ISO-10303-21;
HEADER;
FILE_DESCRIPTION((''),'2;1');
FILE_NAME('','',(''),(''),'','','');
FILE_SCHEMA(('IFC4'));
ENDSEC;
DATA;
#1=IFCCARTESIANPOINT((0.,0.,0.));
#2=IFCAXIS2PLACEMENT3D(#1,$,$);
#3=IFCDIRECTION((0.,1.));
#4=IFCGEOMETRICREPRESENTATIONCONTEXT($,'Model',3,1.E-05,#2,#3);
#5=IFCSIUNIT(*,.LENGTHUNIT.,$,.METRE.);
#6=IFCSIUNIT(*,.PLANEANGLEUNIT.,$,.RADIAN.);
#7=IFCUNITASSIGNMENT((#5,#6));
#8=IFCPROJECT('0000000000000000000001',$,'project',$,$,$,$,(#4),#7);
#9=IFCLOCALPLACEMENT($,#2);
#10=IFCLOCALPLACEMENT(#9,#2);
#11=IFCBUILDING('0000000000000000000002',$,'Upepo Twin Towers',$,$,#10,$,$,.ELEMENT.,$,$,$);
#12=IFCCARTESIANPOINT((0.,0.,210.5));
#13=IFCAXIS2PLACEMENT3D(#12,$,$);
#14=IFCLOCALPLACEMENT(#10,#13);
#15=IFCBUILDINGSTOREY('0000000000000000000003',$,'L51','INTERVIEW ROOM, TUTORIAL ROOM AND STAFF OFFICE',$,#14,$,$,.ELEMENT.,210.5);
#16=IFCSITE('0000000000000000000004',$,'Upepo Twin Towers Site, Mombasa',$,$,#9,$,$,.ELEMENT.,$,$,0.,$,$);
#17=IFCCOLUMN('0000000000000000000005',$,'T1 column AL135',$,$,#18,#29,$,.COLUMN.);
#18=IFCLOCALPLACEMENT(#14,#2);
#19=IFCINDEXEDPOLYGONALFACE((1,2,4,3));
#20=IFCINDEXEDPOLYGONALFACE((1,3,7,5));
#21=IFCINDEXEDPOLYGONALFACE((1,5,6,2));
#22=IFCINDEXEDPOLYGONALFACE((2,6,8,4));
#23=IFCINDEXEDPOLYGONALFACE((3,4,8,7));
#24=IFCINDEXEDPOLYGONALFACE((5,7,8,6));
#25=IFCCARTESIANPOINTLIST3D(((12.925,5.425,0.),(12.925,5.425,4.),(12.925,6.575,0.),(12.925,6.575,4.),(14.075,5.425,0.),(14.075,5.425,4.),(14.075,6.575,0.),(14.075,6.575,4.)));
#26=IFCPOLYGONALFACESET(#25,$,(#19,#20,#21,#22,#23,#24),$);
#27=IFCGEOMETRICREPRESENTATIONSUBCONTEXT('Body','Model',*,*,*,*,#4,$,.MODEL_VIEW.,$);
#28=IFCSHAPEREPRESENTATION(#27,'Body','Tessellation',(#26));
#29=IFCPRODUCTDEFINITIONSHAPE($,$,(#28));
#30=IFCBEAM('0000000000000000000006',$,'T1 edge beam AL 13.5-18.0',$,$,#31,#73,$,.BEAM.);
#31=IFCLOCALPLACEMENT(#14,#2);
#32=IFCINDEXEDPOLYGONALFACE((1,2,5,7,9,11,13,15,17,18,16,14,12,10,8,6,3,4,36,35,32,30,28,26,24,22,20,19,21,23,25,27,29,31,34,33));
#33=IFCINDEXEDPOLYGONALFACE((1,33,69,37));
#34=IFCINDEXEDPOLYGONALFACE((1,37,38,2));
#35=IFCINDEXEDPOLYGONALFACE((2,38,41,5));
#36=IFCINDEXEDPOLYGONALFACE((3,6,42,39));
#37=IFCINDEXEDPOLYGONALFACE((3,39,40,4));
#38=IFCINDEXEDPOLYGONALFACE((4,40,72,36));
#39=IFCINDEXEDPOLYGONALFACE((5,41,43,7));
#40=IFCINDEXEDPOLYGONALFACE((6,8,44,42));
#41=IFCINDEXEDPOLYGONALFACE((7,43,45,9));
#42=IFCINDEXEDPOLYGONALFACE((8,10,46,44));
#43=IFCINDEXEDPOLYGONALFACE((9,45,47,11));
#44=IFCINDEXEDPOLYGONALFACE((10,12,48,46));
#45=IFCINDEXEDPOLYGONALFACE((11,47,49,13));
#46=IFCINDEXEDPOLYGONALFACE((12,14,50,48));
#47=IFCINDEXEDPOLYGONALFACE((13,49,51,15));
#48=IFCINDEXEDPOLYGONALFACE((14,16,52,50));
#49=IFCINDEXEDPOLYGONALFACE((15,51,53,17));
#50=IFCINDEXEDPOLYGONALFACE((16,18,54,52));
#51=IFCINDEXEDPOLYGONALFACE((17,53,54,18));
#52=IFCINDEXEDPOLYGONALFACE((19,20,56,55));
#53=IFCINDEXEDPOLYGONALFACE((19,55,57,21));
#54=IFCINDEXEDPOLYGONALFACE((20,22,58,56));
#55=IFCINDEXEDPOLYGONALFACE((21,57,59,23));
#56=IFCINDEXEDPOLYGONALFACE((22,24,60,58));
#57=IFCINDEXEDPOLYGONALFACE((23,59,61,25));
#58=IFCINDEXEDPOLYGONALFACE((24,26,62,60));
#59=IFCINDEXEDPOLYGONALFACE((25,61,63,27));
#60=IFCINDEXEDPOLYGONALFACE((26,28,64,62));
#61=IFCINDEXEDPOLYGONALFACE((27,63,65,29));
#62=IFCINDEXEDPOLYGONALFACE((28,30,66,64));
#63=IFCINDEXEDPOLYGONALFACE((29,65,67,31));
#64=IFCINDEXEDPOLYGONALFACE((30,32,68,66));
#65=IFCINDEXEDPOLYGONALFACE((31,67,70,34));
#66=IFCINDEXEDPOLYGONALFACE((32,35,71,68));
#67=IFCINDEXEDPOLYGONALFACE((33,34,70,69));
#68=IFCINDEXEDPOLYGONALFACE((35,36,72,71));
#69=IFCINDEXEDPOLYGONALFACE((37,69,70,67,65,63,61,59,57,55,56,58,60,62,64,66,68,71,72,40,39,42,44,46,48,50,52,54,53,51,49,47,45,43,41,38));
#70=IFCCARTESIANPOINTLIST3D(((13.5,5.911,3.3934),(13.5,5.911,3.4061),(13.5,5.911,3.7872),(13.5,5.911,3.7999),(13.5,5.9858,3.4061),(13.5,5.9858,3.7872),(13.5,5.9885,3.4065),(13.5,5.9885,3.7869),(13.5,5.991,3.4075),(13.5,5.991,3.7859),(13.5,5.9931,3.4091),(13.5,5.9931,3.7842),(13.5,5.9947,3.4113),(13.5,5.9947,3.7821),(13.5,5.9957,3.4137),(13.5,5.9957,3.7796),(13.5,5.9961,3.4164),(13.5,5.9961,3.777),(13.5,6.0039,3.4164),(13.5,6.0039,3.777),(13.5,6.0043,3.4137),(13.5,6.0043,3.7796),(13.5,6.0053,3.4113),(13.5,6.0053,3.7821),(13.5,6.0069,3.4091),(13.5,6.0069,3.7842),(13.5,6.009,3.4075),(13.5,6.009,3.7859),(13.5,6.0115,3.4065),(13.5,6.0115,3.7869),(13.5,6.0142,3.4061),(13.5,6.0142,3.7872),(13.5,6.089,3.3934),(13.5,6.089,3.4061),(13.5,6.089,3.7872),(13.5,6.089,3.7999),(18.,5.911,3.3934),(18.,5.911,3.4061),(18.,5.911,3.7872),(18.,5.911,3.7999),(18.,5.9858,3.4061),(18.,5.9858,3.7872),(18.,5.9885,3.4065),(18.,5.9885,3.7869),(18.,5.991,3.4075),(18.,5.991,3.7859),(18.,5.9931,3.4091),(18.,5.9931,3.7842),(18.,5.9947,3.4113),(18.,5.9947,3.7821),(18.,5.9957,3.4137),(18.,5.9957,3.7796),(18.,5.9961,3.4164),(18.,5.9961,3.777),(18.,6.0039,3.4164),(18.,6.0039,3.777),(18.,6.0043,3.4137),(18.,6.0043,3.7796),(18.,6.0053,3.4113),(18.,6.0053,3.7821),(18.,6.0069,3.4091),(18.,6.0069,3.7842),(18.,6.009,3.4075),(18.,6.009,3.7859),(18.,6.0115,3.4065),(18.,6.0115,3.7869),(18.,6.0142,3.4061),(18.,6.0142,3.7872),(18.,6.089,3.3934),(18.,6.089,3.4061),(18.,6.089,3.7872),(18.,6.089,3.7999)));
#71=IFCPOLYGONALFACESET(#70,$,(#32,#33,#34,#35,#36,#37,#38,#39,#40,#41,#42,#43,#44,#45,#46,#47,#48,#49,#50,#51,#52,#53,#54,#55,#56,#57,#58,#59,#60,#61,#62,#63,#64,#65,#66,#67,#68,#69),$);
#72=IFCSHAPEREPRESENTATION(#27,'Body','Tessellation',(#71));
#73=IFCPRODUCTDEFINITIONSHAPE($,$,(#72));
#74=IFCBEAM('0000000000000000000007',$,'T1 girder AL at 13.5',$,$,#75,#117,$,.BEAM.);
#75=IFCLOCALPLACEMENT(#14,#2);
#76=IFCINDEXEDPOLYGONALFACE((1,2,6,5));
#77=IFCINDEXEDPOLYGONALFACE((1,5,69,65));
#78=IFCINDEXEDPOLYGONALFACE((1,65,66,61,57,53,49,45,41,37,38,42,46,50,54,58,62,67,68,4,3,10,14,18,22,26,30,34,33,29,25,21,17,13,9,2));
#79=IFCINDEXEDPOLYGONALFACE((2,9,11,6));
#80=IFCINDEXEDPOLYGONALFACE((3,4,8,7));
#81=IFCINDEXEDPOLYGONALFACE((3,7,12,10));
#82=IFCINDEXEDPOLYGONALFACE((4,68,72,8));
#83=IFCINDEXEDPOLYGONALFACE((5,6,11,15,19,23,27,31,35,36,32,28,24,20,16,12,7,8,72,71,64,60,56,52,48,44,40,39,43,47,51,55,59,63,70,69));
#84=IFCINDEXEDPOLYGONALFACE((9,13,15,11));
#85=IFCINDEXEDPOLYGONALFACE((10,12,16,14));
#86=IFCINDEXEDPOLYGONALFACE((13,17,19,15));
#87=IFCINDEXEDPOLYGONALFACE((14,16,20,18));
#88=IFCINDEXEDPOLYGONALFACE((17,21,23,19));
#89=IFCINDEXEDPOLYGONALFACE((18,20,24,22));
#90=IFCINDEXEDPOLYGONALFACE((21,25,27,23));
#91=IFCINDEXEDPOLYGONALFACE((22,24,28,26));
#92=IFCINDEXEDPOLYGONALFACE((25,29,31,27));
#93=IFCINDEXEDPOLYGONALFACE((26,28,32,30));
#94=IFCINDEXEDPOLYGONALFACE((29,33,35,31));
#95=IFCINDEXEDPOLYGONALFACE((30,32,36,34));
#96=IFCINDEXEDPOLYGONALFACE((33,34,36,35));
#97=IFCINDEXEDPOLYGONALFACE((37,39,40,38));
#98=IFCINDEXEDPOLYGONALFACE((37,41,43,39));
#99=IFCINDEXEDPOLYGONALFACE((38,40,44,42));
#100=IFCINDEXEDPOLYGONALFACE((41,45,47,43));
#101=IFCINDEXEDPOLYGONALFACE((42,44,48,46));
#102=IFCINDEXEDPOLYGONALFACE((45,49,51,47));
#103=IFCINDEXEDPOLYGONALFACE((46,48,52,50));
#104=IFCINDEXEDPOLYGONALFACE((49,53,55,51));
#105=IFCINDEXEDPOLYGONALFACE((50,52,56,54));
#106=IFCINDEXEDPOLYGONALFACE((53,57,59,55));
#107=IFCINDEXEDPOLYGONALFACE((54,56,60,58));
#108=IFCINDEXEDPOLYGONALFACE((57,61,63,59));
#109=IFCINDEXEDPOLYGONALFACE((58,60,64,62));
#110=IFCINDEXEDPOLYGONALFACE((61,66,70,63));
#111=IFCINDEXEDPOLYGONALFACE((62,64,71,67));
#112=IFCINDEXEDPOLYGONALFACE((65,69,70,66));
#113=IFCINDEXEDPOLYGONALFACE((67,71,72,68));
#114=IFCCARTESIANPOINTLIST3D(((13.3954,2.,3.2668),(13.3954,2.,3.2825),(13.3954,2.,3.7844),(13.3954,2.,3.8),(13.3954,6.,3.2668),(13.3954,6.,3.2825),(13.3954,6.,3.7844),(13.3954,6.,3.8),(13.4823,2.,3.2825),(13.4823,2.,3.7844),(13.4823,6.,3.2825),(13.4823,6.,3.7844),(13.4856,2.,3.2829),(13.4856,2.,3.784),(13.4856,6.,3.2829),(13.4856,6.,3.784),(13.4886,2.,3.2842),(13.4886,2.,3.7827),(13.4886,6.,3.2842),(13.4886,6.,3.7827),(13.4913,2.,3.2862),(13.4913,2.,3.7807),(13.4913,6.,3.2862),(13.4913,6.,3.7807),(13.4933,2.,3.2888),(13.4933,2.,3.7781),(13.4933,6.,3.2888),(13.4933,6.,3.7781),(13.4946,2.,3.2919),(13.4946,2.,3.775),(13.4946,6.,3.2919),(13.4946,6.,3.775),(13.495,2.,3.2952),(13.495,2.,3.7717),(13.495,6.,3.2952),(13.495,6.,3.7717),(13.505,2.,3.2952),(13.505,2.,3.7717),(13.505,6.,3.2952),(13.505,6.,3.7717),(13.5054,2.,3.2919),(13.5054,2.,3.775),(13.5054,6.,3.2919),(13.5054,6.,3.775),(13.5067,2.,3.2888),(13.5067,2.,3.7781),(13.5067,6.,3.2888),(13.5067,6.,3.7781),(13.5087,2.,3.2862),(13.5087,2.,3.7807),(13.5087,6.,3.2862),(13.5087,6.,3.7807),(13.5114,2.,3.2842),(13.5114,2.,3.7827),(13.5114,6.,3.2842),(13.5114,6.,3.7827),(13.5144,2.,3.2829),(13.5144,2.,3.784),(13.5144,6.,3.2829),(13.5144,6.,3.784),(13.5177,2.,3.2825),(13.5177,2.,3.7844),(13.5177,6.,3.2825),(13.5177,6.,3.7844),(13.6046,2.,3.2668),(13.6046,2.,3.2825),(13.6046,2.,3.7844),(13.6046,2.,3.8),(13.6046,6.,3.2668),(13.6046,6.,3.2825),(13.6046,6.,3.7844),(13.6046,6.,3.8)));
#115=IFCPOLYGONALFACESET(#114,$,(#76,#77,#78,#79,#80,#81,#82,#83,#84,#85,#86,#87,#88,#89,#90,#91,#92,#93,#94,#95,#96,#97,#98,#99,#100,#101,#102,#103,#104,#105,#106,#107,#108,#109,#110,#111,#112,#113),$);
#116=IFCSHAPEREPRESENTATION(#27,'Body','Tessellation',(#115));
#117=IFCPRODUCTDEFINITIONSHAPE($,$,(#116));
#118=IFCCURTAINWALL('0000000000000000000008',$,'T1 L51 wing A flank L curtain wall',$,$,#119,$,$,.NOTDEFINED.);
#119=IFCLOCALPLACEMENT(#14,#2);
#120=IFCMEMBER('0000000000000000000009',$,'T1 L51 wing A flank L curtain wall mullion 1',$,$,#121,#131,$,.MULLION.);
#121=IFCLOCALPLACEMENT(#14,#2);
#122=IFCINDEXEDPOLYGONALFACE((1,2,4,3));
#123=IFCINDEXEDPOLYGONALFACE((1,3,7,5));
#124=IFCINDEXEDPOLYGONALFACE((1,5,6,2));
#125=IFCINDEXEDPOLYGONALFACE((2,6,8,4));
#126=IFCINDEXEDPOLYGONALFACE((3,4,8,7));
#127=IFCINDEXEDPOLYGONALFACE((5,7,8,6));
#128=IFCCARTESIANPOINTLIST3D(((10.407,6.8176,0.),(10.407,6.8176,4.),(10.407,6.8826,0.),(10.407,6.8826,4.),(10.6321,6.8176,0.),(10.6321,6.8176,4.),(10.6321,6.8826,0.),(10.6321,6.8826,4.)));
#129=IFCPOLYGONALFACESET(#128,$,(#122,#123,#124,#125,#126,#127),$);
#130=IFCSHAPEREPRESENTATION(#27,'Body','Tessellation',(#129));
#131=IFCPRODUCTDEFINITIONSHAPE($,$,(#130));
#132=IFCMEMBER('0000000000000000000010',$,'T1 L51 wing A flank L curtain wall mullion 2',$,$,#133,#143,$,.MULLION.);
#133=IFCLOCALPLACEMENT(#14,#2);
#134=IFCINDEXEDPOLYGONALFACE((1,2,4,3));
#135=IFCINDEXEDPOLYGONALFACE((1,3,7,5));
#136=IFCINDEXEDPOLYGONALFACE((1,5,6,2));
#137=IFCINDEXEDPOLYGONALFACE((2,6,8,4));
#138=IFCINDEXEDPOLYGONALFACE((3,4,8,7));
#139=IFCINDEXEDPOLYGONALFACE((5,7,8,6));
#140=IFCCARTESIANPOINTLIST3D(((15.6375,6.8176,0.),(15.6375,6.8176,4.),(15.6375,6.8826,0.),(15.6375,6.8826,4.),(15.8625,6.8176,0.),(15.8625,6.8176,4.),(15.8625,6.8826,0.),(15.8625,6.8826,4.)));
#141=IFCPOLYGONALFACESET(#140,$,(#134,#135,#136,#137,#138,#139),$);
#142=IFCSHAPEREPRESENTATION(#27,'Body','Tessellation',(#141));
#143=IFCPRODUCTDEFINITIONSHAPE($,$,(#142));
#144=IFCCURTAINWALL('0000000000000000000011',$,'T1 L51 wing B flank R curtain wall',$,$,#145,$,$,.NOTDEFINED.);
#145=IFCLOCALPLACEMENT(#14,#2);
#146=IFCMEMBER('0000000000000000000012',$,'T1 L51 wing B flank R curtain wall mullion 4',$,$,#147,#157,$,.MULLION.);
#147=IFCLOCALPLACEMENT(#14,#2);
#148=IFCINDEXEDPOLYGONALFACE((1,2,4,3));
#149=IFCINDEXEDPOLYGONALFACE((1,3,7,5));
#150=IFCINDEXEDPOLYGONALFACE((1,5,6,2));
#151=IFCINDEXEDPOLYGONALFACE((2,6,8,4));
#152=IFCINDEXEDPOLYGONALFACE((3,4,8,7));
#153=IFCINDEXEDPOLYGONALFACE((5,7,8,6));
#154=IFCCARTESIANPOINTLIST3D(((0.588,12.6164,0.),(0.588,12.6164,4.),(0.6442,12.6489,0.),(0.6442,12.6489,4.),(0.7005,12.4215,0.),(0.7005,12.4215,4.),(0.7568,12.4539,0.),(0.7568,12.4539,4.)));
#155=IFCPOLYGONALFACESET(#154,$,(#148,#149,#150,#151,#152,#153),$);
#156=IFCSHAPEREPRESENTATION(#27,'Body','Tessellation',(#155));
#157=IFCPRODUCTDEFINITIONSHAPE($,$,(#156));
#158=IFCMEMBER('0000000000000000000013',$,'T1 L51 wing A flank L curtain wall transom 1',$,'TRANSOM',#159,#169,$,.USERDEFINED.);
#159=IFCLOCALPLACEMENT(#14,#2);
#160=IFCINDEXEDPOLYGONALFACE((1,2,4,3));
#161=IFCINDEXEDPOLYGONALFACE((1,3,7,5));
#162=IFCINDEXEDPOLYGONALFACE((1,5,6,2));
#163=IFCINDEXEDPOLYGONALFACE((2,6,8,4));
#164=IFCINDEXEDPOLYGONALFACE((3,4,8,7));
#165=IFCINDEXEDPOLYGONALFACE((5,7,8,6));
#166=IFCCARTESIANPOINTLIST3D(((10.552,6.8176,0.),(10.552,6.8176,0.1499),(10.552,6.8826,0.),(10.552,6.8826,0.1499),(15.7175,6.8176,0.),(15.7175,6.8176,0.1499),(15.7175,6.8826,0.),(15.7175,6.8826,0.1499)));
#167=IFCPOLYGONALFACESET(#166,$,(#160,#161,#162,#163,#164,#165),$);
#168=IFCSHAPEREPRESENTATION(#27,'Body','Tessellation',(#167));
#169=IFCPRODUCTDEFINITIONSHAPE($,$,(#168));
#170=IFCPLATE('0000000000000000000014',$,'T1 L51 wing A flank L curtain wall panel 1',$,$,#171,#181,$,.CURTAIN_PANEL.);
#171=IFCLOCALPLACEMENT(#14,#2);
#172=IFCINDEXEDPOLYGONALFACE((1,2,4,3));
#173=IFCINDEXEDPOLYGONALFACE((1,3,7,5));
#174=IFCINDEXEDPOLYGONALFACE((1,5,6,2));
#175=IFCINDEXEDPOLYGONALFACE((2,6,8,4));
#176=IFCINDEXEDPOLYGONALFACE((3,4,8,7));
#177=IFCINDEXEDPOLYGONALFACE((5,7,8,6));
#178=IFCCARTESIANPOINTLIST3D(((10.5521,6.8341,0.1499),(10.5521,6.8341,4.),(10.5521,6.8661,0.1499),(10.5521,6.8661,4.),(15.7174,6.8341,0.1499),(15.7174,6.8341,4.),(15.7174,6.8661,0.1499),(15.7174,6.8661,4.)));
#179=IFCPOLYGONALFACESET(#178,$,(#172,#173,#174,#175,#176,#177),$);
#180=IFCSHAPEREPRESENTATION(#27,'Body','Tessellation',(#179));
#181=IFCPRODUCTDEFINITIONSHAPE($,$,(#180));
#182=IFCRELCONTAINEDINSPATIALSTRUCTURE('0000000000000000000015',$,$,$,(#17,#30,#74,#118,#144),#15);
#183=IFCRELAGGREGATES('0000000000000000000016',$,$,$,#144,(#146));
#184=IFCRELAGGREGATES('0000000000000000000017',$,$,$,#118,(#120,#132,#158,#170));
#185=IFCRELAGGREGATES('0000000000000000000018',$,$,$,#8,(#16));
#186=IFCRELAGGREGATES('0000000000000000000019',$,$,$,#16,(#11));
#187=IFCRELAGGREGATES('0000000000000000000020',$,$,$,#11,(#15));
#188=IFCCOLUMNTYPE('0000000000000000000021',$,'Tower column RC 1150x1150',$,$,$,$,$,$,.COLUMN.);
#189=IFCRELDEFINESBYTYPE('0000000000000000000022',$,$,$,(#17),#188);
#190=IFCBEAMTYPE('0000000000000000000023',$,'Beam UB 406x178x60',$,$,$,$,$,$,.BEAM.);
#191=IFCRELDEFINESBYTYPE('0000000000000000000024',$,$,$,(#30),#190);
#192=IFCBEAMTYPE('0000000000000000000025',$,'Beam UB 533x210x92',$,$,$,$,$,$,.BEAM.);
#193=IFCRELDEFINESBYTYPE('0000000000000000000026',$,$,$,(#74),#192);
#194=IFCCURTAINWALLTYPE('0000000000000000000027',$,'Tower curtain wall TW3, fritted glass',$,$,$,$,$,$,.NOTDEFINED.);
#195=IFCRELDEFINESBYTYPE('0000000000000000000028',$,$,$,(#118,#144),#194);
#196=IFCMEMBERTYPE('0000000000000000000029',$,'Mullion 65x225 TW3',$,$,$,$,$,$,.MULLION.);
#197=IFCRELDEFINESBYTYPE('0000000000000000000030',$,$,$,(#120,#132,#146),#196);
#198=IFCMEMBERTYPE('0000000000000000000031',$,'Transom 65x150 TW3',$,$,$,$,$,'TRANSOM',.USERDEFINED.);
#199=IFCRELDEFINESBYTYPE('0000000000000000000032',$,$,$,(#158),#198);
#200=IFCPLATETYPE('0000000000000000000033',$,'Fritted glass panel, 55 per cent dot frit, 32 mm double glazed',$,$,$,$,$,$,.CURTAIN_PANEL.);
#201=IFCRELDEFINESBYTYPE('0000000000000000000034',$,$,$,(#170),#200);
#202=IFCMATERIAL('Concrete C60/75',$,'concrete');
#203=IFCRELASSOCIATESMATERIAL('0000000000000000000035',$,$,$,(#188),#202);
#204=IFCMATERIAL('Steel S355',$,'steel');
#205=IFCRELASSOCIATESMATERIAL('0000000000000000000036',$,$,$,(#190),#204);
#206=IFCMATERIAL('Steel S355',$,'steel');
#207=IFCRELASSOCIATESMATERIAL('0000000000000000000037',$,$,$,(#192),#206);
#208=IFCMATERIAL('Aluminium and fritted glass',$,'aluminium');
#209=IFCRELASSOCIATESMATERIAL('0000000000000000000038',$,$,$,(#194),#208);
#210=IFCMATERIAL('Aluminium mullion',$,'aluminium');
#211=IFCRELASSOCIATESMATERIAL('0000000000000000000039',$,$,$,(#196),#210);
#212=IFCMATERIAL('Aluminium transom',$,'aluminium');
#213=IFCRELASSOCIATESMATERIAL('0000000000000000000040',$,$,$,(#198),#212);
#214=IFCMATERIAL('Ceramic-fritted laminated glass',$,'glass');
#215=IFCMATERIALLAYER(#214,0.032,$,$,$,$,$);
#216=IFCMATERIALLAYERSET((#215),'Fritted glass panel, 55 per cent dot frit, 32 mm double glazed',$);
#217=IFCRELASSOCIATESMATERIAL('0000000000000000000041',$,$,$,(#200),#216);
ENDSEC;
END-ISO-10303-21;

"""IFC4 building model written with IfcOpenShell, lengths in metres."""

from ifc_helpers import new_model, si_unit, direction, frame, origin, origin_2d, place, context, subcontext, project, spatial, rectangle, i_section, extrude, material, layer, layer_set, material_profile, profile_set, type_object, element, aggregate, save


model = new_model("IFC4")

# Units and contexts
model_context = context("Model", 3, precision=1e-05, world=origin(), true_north=direction((0.0, 1.0)))
body_context = subcontext(model_context, "Body", "Model", "MODEL_VIEW")
ifc_project = project(units=[si_unit("LENGTHUNIT", "METRE"), si_unit("PLANEANGLEUNIT", "RADIAN")], contexts=[model_context])

# Site, building, storey
site_placement = place(None, origin())
site = spatial("IfcSite", under=ifc_project, at=site_placement, Name="Upepo Twin Towers Site, Mombasa", CompositionType="ELEMENT", RefElevation=0.0)
building_placement = place(site_placement, origin())
building = spatial("IfcBuilding", under=site, at=building_placement, Name="Upepo Twin Towers", CompositionType="ELEMENT")
storey_placement = place(building_placement, frame((0.0, 0.0, 210.5)))
storey = spatial("IfcBuildingStorey", under=building, at=storey_placement, Name="L51", Description="INTERVIEW ROOM, TUTORIAL ROOM AND STAFF OFFICE", CompositionType="ELEMENT", Elevation=210.5)

# Column
ifc_material_1 = material(Name="Concrete C60/75", Category="concrete")
ifc_material_profile_1 = material_profile(ifc_material_1, rectangle(XDim=1.1499, YDim=1.1499, at=origin_2d()), Name="RC 1150x1150")
ifc_profile_set_1 = profile_set([ifc_material_profile_1], Name="Concrete C60/75")
column_type = type_object("IfcColumnType", Name="Tower column RC 1150x1150", PredefinedType="COLUMN", material=ifc_profile_set_1)
column_placement = place(storey_placement, frame((13.5, 6.0, 0.0), z_axis=(0.0, 0.0, 1.0), x_axis=(1.0, 0.0, 0.0)))
element("IfcColumn", 1, at=column_placement, inside=storey, type_object=column_type, Name="T1 column AL135", PredefinedType="COLUMN", context=body_context, shape_type="SweptSolid", body=[
    extrude(rectangle(XDim=1.1499, YDim=1.1499, at=origin_2d()), origin(), (0.0, 0.0, 1.0), 4.0),
])

# Beams
ifc_material_2 = material(Name="Steel S355", Category="steel")
ifc_material_profile_2 = material_profile(ifc_material_2, i_section(OverallWidth=0.178, OverallDepth=0.4065, WebThickness=0.0078, FlangeThickness=0.0127, FilletRadius=0.0103, at=origin_2d()), Name="UB 406x178x60")
ifc_profile_set_2 = profile_set([ifc_material_profile_2], Name="Steel S355")
beam_type_1 = type_object("IfcBeamType", Name="Beam UB 406x178x60", PredefinedType="BEAM", material=ifc_profile_set_2)
beam_1_placement = place(storey_placement, frame((13.5, 6.0, 3.5967), z_axis=(1.0, 0.0, 0.0), x_axis=(0.0, 1.0, 0.0)))
element("IfcBeam", 2, at=beam_1_placement, inside=storey, type_object=beam_type_1, Name="T1 edge beam AL 13.5-18.0", PredefinedType="BEAM", context=body_context, shape_type="SweptSolid", body=[
    extrude(i_section(OverallWidth=0.178, OverallDepth=0.4065, WebThickness=0.0078, FlangeThickness=0.0127, FilletRadius=0.0103, at=origin_2d()), origin(), (0.0, 0.0, 1.0), 4.5),
])
ifc_material_3 = material(Name="Steel S355", Category="steel")
ifc_material_profile_3 = material_profile(ifc_material_3, i_section(OverallWidth=0.2092, OverallDepth=0.5332, WebThickness=0.01, FlangeThickness=0.0156, FilletRadius=0.0127, at=origin_2d()), Name="UB 533x210x92")
ifc_profile_set_3 = profile_set([ifc_material_profile_3], Name="Steel S355")
beam_type_2 = type_object("IfcBeamType", Name="Beam UB 533x210x92", PredefinedType="BEAM", material=ifc_profile_set_3)
beam_2_placement = place(storey_placement, frame((13.5, 6.0, 3.5334), z_axis=(0.0, -1.0, 0.0), x_axis=(1.0, 0.0, 0.0)))
element("IfcBeam", 3, at=beam_2_placement, inside=storey, type_object=beam_type_2, Name="T1 girder AL at 13.5", PredefinedType="BEAM", context=body_context, shape_type="SweptSolid", body=[
    extrude(i_section(OverallWidth=0.2092, OverallDepth=0.5332, WebThickness=0.01, FlangeThickness=0.0156, FilletRadius=0.0127, at=origin_2d()), origin(), (0.0, 0.0, 1.0), 4.0),
])

# Curtain wall, members
ifc_material_4 = material(Name="Aluminium and fritted glass", Category="aluminium")
curtain_wall_type = type_object("IfcCurtainWallType", Name="Tower curtain wall TW3, fritted glass", PredefinedType="NOTDEFINED", material=ifc_material_4)
curtain_wall_1_placement = place(storey_placement, origin())
curtain_wall_1 = element("IfcCurtainWall", 4, at=curtain_wall_1_placement, inside=storey, type_object=curtain_wall_type, Name="T1 L51 wing A flank L curtain wall", PredefinedType="NOTDEFINED")
ifc_material_5 = material(Name="Aluminium mullion", Category="aluminium")
ifc_material_profile_4 = material_profile(ifc_material_5, rectangle(XDim=0.0649, YDim=0.2251, at=origin_2d()), Name="MULLION 65x225")
ifc_profile_set_4 = profile_set([ifc_material_profile_4], Name="Aluminium mullion")
member_type_1 = type_object("IfcMemberType", Name="Mullion 65x225 TW3", PredefinedType="MULLION", material=ifc_profile_set_4)
member_1_placement = place(storey_placement, frame((10.5195, 6.8501, 0.0), z_axis=(0.0, 0.0, 1.0), x_axis=(0.0, 1.0, 0.0)))
member_1 = element("IfcMember", 5, at=member_1_placement, type_object=member_type_1, Name="T1 L51 wing A flank L curtain wall mullion 1", PredefinedType="MULLION", context=body_context, shape_type="SweptSolid", body=[
    extrude(rectangle(XDim=0.0649, YDim=0.2251, at=origin_2d()), origin(), (0.0, 0.0, 1.0), 4.0),
])
member_2_placement = place(storey_placement, frame((15.75, 6.8501, 0.0), z_axis=(0.0, 0.0, 1.0), x_axis=(0.0, 1.0, 0.0)))
member_2 = element("IfcMember", 6, at=member_2_placement, type_object=member_type_1, Name="T1 L51 wing A flank L curtain wall mullion 2", PredefinedType="MULLION", context=body_context, shape_type="SweptSolid", body=[
    extrude(rectangle(XDim=0.0649, YDim=0.2251, at=origin_2d()), origin(), (0.0, 0.0, 1.0), 4.0),
])

# Curtain wall, member
curtain_wall_2_placement = place(storey_placement, origin())
curtain_wall_2 = element("IfcCurtainWall", 7, at=curtain_wall_2_placement, inside=storey, type_object=curtain_wall_type, Name="T1 L51 wing B flank R curtain wall", PredefinedType="NOTDEFINED")
member_3_placement = place(storey_placement, frame((0.6724, 12.5352, 0.0), z_axis=(0.0, 0.0, 1.0), x_axis=(0.866025, 0.5, 0.0)))
member_3 = element("IfcMember", 8, at=member_3_placement, type_object=member_type_1, Name="T1 L51 wing B flank R curtain wall mullion 4", PredefinedType="MULLION", context=body_context, shape_type="SweptSolid", body=[
    extrude(rectangle(XDim=0.0649, YDim=0.2251, at=origin_2d()), origin(), (0.0, 0.0, 1.0), 4.0),
])
aggregate(curtain_wall_2, [member_3])

# Member
ifc_material_6 = material(Name="Aluminium transom", Category="aluminium")
ifc_material_profile_5 = material_profile(ifc_material_6, rectangle(XDim=0.0649, YDim=0.1499, at=origin_2d()), Name="TRANSOM 65x150")
ifc_profile_set_5 = profile_set([ifc_material_profile_5], Name="Aluminium transom")
member_type_2 = type_object("IfcMemberType", Name="Transom 65x150 TW3", ElementType="TRANSOM", PredefinedType="USERDEFINED", material=ifc_profile_set_5)
member_4_placement = place(storey_placement, frame((10.552, 6.8501, 0.075), z_axis=(1.0, 0.0, 0.0), x_axis=(0.0, 1.0, 0.0)))
member_4 = element("IfcMember", 9, at=member_4_placement, type_object=member_type_2, Name="T1 L51 wing A flank L curtain wall transom 1", ObjectType="TRANSOM", PredefinedType="USERDEFINED", context=body_context, shape_type="SweptSolid", body=[
    extrude(rectangle(XDim=0.0649, YDim=0.1499, at=origin_2d()), origin(), (0.0, 0.0, 1.0), 5.1655),
])

# Plate
ifc_material_7 = material(Name="Ceramic-fritted laminated glass", Category="glass")
ifc_layer_1 = layer(ifc_material_7, 0.032)
ifc_layer_set_1 = layer_set([ifc_layer_1], Name="Fritted glass panel, 55 per cent dot frit, 32 mm double glazed")
plate_type = type_object("IfcPlateType", Name="Fritted glass panel, 55 per cent dot frit, 32 mm double glazed", PredefinedType="CURTAIN_PANEL", material=ifc_layer_set_1)
plate_placement = place(storey_placement, frame((13.1348, 6.8501, 0.1499), z_axis=(0.0, 0.0, 1.0), x_axis=(1.0, 0.0, 0.0)))
plate = element("IfcPlate", 10, at=plate_placement, type_object=plate_type, Name="T1 L51 wing A flank L curtain wall panel 1", PredefinedType="CURTAIN_PANEL", context=body_context, shape_type="SweptSolid", body=[
    extrude(rectangle(XDim=5.1653, YDim=0.032, at=origin_2d()), origin(), (0.0, 0.0, 1.0), 3.8501),
])
aggregate(curtain_wall_1, [member_1, member_2, member_4, plate])

save(model, "model.ifc")
